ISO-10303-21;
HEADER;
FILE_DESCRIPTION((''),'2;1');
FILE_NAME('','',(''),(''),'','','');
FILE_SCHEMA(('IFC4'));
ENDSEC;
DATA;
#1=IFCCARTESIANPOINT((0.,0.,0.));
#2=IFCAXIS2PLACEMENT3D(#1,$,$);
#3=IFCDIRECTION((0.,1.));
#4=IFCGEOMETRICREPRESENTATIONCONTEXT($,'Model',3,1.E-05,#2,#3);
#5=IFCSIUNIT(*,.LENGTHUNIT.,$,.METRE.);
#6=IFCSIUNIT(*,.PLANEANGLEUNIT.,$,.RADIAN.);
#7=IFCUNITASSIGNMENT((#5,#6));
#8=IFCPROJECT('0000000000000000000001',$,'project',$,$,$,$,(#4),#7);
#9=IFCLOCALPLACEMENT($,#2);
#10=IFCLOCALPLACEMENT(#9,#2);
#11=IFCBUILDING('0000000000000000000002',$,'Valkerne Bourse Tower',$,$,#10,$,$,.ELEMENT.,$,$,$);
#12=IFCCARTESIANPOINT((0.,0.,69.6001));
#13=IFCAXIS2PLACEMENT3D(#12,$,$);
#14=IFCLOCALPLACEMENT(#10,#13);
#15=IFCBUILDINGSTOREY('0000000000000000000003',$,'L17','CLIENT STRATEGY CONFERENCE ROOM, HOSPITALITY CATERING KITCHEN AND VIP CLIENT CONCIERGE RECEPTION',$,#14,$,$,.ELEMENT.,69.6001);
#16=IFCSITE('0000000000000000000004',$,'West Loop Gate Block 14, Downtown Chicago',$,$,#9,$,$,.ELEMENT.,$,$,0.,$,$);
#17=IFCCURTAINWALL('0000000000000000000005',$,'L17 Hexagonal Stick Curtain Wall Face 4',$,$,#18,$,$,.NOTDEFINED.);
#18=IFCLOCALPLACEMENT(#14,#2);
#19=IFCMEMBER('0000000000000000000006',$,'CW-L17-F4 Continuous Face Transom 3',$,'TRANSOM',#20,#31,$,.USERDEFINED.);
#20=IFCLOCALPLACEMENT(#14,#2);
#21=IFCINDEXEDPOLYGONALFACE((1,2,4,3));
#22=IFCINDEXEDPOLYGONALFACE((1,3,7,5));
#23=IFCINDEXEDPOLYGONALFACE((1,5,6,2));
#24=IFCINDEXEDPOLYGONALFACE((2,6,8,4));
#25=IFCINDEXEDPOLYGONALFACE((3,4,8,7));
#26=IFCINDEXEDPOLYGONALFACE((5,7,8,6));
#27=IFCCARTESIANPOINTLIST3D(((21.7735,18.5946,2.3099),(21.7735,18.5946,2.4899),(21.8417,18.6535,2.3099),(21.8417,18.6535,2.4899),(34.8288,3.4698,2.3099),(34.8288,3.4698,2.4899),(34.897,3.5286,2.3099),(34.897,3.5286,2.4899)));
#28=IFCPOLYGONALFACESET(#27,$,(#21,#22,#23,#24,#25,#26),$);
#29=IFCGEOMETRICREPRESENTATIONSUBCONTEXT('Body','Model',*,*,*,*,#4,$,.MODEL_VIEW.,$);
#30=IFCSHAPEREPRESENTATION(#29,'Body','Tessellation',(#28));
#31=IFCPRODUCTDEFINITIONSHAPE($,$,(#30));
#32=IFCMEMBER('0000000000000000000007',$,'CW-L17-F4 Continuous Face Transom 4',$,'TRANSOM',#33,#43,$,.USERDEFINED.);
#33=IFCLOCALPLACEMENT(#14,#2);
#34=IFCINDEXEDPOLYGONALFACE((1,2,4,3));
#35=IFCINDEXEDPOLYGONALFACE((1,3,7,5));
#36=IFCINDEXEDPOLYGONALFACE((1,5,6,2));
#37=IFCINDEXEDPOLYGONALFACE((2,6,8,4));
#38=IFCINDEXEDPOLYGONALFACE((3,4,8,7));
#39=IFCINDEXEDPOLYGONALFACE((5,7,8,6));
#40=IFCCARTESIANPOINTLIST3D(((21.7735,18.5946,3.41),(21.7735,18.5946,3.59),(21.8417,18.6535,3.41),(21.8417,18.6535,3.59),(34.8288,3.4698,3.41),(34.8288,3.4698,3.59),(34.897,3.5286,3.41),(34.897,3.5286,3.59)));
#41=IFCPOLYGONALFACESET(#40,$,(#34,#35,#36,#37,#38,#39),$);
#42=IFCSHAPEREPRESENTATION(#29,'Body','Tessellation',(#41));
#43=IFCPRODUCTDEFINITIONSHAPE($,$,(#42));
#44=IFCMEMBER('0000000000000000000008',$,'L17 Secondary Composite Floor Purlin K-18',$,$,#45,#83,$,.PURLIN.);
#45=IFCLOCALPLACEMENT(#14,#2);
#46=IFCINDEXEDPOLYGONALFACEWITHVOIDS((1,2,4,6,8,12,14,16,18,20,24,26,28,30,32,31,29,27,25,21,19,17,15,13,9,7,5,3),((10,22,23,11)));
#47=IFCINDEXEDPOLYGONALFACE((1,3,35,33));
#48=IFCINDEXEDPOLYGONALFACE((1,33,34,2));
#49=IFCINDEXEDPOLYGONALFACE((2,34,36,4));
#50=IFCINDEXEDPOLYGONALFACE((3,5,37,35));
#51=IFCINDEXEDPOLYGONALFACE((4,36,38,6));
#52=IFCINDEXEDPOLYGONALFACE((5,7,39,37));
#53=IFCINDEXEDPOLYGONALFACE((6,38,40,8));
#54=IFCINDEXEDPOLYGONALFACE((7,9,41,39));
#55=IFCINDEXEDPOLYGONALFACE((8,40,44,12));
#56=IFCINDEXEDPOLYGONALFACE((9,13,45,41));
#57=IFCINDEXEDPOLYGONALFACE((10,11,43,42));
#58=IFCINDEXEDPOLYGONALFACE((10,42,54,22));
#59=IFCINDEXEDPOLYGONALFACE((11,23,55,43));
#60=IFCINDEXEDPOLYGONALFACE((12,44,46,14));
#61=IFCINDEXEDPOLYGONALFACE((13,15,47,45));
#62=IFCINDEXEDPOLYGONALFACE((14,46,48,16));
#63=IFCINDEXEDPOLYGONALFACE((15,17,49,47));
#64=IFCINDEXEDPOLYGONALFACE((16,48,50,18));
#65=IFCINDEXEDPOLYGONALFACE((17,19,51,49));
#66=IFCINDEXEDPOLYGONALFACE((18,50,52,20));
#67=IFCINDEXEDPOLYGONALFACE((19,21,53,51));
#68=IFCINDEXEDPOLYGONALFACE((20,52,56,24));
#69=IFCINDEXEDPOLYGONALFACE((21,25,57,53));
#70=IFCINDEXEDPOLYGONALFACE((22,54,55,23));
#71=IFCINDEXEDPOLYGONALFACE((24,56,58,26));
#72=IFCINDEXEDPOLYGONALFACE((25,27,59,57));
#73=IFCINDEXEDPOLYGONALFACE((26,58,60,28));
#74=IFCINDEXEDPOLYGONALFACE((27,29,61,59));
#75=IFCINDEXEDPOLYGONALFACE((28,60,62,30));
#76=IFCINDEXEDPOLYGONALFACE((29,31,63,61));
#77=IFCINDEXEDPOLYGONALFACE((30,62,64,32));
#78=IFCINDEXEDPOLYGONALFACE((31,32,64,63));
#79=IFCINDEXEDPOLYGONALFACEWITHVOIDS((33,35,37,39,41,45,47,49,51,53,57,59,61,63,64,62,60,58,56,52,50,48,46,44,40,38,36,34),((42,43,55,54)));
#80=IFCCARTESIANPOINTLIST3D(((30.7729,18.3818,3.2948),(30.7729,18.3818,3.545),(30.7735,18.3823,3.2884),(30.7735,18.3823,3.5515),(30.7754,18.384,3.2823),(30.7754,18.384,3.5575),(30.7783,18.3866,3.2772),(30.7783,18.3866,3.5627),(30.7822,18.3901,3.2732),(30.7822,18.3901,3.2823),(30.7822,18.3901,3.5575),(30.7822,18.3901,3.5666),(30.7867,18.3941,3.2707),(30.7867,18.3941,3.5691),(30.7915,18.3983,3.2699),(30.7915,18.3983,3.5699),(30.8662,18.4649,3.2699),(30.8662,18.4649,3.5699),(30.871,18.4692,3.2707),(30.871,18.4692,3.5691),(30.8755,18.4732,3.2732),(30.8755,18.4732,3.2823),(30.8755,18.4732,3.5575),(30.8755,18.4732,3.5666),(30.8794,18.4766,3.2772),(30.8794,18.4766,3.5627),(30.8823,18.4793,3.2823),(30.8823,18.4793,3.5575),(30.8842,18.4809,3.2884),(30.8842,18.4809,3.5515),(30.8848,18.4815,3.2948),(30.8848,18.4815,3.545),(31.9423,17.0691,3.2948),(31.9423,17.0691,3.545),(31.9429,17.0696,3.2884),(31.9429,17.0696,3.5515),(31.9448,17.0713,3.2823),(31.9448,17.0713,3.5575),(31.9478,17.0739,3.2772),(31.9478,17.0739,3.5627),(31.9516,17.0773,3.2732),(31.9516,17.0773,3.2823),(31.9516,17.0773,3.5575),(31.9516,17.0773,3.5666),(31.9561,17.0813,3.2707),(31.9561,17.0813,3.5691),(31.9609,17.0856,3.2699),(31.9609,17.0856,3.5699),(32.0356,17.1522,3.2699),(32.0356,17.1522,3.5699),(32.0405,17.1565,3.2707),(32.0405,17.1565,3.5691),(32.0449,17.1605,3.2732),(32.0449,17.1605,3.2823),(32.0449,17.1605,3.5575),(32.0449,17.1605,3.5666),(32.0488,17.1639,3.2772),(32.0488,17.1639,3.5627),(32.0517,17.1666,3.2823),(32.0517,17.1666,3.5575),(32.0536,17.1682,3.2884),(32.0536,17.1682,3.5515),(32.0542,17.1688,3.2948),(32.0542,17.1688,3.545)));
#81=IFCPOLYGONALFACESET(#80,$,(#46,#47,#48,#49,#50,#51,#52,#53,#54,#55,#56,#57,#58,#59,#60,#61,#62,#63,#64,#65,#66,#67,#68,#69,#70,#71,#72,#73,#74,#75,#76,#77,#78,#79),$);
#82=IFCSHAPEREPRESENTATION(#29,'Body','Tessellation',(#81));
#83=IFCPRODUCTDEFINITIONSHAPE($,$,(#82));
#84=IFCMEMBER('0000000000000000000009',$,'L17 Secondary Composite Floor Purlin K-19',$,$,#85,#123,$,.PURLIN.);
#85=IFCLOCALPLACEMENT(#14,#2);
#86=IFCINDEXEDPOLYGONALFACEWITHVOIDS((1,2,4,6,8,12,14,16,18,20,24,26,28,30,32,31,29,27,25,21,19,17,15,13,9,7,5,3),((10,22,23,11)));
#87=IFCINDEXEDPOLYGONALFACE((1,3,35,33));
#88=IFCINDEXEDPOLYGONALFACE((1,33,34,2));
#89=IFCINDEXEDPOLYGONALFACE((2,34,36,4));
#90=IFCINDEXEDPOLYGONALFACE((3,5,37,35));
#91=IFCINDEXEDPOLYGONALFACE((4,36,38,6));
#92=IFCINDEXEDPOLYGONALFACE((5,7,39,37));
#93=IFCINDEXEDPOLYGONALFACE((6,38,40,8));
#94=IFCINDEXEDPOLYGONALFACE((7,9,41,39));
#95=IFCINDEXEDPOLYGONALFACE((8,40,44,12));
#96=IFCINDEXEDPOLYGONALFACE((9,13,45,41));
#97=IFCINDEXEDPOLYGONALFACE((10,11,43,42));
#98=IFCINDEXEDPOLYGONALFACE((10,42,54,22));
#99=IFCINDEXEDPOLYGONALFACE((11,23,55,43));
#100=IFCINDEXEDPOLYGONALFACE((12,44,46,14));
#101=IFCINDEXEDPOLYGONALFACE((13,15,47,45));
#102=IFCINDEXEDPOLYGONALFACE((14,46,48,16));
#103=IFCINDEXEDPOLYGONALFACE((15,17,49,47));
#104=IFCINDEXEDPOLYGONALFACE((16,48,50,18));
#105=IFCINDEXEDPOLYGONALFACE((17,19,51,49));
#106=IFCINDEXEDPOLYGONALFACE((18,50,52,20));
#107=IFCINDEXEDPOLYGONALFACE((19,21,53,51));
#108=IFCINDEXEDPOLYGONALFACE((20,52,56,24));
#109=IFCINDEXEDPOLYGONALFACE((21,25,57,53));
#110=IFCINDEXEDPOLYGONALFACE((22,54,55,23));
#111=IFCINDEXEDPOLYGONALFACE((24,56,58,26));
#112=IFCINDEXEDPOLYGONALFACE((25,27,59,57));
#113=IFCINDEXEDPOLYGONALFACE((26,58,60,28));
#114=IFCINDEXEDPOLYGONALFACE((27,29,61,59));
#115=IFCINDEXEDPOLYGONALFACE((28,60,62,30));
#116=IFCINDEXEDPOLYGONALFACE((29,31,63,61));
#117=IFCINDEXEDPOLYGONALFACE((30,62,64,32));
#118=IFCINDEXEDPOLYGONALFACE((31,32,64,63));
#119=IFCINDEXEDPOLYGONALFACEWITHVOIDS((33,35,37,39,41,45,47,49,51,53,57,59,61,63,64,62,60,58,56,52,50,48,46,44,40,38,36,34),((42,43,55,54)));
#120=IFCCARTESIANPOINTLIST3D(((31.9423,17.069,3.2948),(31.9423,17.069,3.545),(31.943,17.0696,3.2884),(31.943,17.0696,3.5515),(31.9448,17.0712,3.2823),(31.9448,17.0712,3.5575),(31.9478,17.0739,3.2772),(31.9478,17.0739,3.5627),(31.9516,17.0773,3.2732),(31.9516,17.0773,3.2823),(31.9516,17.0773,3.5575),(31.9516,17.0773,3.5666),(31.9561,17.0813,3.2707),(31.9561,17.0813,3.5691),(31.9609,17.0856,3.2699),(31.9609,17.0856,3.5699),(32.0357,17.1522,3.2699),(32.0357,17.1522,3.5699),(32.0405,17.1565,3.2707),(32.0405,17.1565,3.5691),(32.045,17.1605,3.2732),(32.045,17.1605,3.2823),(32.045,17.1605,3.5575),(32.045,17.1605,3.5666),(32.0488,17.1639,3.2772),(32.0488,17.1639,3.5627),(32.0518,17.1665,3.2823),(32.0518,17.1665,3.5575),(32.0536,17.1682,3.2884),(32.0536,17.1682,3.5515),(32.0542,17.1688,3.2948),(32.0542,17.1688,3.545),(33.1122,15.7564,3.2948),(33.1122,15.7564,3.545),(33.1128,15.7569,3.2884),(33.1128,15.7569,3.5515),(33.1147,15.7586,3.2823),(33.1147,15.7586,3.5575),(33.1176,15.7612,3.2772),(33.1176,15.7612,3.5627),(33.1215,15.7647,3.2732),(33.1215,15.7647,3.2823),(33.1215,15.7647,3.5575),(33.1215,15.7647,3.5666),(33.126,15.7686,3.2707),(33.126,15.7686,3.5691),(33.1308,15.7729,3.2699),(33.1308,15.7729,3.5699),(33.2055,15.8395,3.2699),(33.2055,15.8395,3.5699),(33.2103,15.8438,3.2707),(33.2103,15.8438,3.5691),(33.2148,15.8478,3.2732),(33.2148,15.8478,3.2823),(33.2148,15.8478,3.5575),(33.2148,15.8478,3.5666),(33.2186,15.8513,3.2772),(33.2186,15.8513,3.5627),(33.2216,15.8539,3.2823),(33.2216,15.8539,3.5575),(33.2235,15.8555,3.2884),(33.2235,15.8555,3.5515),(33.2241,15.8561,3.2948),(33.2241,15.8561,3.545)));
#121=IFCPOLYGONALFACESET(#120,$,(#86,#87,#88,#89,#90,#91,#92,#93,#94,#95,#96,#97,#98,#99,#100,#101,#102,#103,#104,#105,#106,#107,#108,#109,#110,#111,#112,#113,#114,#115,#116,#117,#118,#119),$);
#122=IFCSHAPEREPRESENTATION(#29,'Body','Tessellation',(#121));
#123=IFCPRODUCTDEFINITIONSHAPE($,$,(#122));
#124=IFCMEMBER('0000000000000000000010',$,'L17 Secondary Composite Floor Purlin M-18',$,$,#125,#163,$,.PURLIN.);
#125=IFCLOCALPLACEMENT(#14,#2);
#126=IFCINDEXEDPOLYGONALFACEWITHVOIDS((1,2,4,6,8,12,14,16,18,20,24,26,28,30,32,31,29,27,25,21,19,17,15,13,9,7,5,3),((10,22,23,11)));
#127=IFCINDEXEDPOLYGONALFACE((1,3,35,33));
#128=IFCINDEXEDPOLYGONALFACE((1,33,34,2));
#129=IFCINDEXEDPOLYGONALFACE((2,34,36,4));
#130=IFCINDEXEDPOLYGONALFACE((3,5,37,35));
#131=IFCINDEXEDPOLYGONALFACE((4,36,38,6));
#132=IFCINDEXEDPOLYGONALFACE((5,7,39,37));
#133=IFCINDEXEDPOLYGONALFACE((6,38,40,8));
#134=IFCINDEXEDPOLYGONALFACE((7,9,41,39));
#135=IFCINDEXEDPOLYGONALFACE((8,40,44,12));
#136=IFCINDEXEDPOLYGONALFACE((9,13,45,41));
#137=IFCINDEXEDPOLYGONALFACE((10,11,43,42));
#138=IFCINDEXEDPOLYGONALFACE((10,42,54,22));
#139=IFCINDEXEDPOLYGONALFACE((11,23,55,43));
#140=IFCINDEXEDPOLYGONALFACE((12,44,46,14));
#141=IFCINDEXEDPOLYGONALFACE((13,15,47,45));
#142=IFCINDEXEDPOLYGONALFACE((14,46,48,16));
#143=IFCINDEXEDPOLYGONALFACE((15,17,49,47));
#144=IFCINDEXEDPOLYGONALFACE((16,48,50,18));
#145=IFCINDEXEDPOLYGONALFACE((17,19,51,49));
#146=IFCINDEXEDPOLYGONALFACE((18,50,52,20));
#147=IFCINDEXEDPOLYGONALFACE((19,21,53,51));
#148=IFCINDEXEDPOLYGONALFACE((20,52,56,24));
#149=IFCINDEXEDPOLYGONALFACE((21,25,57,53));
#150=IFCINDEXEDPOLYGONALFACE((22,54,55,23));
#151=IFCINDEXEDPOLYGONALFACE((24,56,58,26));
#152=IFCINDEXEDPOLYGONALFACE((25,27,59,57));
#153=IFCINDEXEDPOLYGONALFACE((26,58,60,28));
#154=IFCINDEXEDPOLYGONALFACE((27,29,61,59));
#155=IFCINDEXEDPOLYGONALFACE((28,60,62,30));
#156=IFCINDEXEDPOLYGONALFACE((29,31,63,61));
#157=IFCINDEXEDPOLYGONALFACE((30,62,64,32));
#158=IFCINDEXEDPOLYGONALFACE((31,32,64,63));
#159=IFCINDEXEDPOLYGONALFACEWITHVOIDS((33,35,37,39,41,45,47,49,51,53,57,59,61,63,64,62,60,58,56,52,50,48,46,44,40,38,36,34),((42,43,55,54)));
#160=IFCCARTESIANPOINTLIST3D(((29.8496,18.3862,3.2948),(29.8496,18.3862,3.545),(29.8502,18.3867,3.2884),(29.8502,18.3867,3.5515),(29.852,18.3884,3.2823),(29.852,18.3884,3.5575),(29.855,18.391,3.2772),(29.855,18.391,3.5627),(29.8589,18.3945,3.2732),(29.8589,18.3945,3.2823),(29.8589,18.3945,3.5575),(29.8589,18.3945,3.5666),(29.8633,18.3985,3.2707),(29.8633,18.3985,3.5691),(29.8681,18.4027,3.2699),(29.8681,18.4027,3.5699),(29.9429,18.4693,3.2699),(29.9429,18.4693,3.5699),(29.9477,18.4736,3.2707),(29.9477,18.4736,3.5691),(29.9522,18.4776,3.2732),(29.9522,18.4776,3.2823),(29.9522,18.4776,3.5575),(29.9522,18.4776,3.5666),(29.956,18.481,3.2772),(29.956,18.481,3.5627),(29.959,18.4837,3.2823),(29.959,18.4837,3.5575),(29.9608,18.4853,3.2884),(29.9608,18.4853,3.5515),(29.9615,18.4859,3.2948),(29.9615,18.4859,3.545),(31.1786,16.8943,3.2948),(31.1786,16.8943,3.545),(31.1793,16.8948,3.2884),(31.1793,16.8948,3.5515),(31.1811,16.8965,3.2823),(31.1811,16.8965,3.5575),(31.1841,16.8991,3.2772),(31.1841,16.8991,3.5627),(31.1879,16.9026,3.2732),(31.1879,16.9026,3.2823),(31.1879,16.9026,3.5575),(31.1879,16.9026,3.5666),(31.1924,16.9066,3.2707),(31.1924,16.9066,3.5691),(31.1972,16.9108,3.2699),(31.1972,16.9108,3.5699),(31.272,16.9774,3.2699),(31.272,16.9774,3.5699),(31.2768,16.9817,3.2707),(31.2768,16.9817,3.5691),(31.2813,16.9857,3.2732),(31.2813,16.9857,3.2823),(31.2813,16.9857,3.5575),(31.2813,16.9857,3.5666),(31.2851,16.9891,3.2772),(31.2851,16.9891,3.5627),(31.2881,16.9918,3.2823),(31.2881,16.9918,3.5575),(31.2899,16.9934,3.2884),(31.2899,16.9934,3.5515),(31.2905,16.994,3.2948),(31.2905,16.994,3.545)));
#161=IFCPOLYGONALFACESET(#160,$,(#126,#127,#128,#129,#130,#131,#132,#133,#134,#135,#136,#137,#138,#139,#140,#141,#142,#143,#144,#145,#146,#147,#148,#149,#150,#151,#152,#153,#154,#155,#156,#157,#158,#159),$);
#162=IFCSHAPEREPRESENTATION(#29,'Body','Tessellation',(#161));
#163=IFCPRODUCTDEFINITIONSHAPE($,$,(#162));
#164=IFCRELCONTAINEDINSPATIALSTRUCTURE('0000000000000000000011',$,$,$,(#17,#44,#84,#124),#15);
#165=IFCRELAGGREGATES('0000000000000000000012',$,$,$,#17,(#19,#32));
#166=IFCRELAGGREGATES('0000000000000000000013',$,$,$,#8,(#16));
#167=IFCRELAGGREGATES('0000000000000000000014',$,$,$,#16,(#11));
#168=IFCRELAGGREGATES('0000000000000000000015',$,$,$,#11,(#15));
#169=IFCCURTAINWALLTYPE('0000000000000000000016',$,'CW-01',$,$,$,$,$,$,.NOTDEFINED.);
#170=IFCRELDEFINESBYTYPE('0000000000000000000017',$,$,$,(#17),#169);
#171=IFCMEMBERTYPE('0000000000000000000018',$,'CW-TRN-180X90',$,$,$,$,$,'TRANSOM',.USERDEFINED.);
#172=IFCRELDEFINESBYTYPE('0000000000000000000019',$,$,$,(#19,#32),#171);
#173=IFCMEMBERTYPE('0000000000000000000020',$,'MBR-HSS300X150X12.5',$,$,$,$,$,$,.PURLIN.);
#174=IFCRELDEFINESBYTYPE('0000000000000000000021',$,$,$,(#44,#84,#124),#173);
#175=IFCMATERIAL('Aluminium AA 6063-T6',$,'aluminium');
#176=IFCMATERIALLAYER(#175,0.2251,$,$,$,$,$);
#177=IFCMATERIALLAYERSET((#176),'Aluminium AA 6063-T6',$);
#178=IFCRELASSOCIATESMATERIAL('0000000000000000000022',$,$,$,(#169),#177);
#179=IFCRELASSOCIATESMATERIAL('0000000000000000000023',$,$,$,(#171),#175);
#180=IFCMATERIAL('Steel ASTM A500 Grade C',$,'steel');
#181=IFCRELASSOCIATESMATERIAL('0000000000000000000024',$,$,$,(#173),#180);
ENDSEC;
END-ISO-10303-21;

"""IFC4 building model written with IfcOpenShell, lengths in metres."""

from ifc_helpers import new_model, si_unit, direction, frame, origin, origin_2d, place, context, subcontext, project, spatial, rectangle, hollow_rectangle, extrude, material, layer, layer_set, material_profile, profile_set, type_object, element, aggregate, save


model = new_model("IFC4")

# Units and contexts
model_context = context("Model", 3, precision=1e-05, world=origin(), true_north=direction((0.0, 1.0)))
body_context = subcontext(model_context, "Body", "Model", "MODEL_VIEW")
ifc_project = project(units=[si_unit("LENGTHUNIT", "METRE"), si_unit("PLANEANGLEUNIT", "RADIAN")], contexts=[model_context])

# Site, building, storey
site_placement = place(None, origin())
site = spatial("IfcSite", under=ifc_project, at=site_placement, Name="West Loop Gate Block 14, Downtown Chicago", CompositionType="ELEMENT", RefElevation=0.0)
building_placement = place(site_placement, origin())
building = spatial("IfcBuilding", under=site, at=building_placement, Name="Valkerne Bourse Tower", CompositionType="ELEMENT")
storey_placement = place(building_placement, frame((0.0, 0.0, 69.6001)))
storey = spatial("IfcBuildingStorey", under=building, at=storey_placement, Name="L17", Description="CLIENT STRATEGY CONFERENCE ROOM, HOSPITALITY CATERING KITCHEN AND VIP CLIENT CONCIERGE RECEPTION", CompositionType="ELEMENT", Elevation=69.6001)

# Curtain wall, members
ifc_material_1 = material(Name="Aluminium AA 6063-T6", Category="aluminium")
ifc_layer_1 = layer(ifc_material_1, 0.2251)
ifc_layer_set_1 = layer_set([ifc_layer_1], Name="Aluminium AA 6063-T6")
curtain_wall_type = type_object("IfcCurtainWallType", Name="CW-01", PredefinedType="NOTDEFINED", material=ifc_layer_set_1)
curtain_wall_placement = place(storey_placement, origin())
curtain_wall = element("IfcCurtainWall", 1, at=curtain_wall_placement, inside=storey, type_object=curtain_wall_type, Name="L17 Hexagonal Stick Curtain Wall Face 4", PredefinedType="NOTDEFINED")
ifc_material_profile_1 = material_profile(ifc_material_1, rectangle(XDim=0.0901, YDim=0.1799, at=origin_2d()), Name="CWT-90X180")
ifc_profile_set_1 = profile_set([ifc_material_profile_1], Name="Aluminium AA 6063-T6")
member_type_1 = type_object("IfcMemberType", Name="CW-TRN-180X90", ElementType="TRANSOM", PredefinedType="USERDEFINED", material=ifc_profile_set_1)
member_1_placement = place(storey_placement, frame((21.8076, 18.624, 2.3999), z_axis=(0.653416, -0.756999, 0.0), x_axis=(0.756999, 0.653416, 0.0)))
member_1 = element("IfcMember", 2, at=member_1_placement, type_object=member_type_1, Name="CW-L17-F4 Continuous Face Transom 3", ObjectType="TRANSOM", PredefinedType="USERDEFINED", context=body_context, shape_type="SweptSolid", body=[
    extrude(rectangle(XDim=0.0901, YDim=0.1799, at=origin_2d()), origin(), (0.0, 0.0, 1.0), 19.98),
])
member_2_placement = place(storey_placement, frame((21.8076, 18.624, 3.5), z_axis=(0.653416, -0.756999, 0.0), x_axis=(0.756999, 0.653416, 0.0)))
member_2 = element("IfcMember", 3, at=member_2_placement, type_object=member_type_1, Name="CW-L17-F4 Continuous Face Transom 4", ObjectType="TRANSOM", PredefinedType="USERDEFINED", context=body_context, shape_type="SweptSolid", body=[
    extrude(rectangle(XDim=0.0901, YDim=0.1799, at=origin_2d()), origin(), (0.0, 0.0, 1.0), 19.98),
])

# Members
ifc_material_2 = material(Name="Steel ASTM A500 Grade C", Category="steel")
ifc_material_profile_2 = material_profile(ifc_material_2, hollow_rectangle(XDim=0.1499, YDim=0.3, WallThickness=0.0125, OuterFilletRadius=0.0249, at=origin_2d()), Name="HSS300X150X12.5")
ifc_profile_set_2 = profile_set([ifc_material_profile_2], Name="Steel ASTM A500 Grade C")
member_type_2 = type_object("IfcMemberType", Name="MBR-HSS300X150X12.5", PredefinedType="PURLIN", material=ifc_profile_set_2)
member_3_placement = place(storey_placement, frame((30.8289, 18.4316, 3.4199), z_axis=(0.665174, -0.746689, 0.0), x_axis=(0.746689, 0.665174, 0.0)))
element("IfcMember", 4, at=member_3_placement, inside=storey, type_object=member_type_2, Name="L17 Secondary Composite Floor Purlin K-18", PredefinedType="PURLIN", context=body_context, shape_type="SweptSolid", body=[
    extrude(hollow_rectangle(XDim=0.1499, YDim=0.3, WallThickness=0.0125, OuterFilletRadius=0.0249, at=origin_2d()), origin(), (0.0, 0.0, 1.0), 1.7581),
])
member_4_placement = place(storey_placement, frame((31.9983, 17.1189, 3.4199), z_axis=(0.665328, -0.746551, 0.0), x_axis=(0.746551, 0.665328, 0.0)))
element("IfcMember", 5, at=member_4_placement, inside=storey, type_object=member_type_2, Name="L17 Secondary Composite Floor Purlin K-19", PredefinedType="PURLIN", context=body_context, shape_type="SweptSolid", body=[
    extrude(hollow_rectangle(XDim=0.1499, YDim=0.3, WallThickness=0.0125, OuterFilletRadius=0.0249, at=origin_2d()), origin(), (0.0, 0.0, 1.0), 1.7583),
])
member_5_placement = place(storey_placement, frame((29.9055, 18.436, 3.4199), z_axis=(0.665183, -0.746681, 0.0), x_axis=(0.746681, 0.665183, 0.0)))
element("IfcMember", 6, at=member_5_placement, inside=storey, type_object=member_type_2, Name="L17 Secondary Composite Floor Purlin M-18", PredefinedType="PURLIN", context=body_context, shape_type="SweptSolid", body=[
    extrude(hollow_rectangle(XDim=0.1499, YDim=0.3, WallThickness=0.0125, OuterFilletRadius=0.0249, at=origin_2d()), origin(), (0.0, 0.0, 1.0), 1.998),
])

aggregate(curtain_wall, [member_1, member_2])

save(model, "model.ifc")
